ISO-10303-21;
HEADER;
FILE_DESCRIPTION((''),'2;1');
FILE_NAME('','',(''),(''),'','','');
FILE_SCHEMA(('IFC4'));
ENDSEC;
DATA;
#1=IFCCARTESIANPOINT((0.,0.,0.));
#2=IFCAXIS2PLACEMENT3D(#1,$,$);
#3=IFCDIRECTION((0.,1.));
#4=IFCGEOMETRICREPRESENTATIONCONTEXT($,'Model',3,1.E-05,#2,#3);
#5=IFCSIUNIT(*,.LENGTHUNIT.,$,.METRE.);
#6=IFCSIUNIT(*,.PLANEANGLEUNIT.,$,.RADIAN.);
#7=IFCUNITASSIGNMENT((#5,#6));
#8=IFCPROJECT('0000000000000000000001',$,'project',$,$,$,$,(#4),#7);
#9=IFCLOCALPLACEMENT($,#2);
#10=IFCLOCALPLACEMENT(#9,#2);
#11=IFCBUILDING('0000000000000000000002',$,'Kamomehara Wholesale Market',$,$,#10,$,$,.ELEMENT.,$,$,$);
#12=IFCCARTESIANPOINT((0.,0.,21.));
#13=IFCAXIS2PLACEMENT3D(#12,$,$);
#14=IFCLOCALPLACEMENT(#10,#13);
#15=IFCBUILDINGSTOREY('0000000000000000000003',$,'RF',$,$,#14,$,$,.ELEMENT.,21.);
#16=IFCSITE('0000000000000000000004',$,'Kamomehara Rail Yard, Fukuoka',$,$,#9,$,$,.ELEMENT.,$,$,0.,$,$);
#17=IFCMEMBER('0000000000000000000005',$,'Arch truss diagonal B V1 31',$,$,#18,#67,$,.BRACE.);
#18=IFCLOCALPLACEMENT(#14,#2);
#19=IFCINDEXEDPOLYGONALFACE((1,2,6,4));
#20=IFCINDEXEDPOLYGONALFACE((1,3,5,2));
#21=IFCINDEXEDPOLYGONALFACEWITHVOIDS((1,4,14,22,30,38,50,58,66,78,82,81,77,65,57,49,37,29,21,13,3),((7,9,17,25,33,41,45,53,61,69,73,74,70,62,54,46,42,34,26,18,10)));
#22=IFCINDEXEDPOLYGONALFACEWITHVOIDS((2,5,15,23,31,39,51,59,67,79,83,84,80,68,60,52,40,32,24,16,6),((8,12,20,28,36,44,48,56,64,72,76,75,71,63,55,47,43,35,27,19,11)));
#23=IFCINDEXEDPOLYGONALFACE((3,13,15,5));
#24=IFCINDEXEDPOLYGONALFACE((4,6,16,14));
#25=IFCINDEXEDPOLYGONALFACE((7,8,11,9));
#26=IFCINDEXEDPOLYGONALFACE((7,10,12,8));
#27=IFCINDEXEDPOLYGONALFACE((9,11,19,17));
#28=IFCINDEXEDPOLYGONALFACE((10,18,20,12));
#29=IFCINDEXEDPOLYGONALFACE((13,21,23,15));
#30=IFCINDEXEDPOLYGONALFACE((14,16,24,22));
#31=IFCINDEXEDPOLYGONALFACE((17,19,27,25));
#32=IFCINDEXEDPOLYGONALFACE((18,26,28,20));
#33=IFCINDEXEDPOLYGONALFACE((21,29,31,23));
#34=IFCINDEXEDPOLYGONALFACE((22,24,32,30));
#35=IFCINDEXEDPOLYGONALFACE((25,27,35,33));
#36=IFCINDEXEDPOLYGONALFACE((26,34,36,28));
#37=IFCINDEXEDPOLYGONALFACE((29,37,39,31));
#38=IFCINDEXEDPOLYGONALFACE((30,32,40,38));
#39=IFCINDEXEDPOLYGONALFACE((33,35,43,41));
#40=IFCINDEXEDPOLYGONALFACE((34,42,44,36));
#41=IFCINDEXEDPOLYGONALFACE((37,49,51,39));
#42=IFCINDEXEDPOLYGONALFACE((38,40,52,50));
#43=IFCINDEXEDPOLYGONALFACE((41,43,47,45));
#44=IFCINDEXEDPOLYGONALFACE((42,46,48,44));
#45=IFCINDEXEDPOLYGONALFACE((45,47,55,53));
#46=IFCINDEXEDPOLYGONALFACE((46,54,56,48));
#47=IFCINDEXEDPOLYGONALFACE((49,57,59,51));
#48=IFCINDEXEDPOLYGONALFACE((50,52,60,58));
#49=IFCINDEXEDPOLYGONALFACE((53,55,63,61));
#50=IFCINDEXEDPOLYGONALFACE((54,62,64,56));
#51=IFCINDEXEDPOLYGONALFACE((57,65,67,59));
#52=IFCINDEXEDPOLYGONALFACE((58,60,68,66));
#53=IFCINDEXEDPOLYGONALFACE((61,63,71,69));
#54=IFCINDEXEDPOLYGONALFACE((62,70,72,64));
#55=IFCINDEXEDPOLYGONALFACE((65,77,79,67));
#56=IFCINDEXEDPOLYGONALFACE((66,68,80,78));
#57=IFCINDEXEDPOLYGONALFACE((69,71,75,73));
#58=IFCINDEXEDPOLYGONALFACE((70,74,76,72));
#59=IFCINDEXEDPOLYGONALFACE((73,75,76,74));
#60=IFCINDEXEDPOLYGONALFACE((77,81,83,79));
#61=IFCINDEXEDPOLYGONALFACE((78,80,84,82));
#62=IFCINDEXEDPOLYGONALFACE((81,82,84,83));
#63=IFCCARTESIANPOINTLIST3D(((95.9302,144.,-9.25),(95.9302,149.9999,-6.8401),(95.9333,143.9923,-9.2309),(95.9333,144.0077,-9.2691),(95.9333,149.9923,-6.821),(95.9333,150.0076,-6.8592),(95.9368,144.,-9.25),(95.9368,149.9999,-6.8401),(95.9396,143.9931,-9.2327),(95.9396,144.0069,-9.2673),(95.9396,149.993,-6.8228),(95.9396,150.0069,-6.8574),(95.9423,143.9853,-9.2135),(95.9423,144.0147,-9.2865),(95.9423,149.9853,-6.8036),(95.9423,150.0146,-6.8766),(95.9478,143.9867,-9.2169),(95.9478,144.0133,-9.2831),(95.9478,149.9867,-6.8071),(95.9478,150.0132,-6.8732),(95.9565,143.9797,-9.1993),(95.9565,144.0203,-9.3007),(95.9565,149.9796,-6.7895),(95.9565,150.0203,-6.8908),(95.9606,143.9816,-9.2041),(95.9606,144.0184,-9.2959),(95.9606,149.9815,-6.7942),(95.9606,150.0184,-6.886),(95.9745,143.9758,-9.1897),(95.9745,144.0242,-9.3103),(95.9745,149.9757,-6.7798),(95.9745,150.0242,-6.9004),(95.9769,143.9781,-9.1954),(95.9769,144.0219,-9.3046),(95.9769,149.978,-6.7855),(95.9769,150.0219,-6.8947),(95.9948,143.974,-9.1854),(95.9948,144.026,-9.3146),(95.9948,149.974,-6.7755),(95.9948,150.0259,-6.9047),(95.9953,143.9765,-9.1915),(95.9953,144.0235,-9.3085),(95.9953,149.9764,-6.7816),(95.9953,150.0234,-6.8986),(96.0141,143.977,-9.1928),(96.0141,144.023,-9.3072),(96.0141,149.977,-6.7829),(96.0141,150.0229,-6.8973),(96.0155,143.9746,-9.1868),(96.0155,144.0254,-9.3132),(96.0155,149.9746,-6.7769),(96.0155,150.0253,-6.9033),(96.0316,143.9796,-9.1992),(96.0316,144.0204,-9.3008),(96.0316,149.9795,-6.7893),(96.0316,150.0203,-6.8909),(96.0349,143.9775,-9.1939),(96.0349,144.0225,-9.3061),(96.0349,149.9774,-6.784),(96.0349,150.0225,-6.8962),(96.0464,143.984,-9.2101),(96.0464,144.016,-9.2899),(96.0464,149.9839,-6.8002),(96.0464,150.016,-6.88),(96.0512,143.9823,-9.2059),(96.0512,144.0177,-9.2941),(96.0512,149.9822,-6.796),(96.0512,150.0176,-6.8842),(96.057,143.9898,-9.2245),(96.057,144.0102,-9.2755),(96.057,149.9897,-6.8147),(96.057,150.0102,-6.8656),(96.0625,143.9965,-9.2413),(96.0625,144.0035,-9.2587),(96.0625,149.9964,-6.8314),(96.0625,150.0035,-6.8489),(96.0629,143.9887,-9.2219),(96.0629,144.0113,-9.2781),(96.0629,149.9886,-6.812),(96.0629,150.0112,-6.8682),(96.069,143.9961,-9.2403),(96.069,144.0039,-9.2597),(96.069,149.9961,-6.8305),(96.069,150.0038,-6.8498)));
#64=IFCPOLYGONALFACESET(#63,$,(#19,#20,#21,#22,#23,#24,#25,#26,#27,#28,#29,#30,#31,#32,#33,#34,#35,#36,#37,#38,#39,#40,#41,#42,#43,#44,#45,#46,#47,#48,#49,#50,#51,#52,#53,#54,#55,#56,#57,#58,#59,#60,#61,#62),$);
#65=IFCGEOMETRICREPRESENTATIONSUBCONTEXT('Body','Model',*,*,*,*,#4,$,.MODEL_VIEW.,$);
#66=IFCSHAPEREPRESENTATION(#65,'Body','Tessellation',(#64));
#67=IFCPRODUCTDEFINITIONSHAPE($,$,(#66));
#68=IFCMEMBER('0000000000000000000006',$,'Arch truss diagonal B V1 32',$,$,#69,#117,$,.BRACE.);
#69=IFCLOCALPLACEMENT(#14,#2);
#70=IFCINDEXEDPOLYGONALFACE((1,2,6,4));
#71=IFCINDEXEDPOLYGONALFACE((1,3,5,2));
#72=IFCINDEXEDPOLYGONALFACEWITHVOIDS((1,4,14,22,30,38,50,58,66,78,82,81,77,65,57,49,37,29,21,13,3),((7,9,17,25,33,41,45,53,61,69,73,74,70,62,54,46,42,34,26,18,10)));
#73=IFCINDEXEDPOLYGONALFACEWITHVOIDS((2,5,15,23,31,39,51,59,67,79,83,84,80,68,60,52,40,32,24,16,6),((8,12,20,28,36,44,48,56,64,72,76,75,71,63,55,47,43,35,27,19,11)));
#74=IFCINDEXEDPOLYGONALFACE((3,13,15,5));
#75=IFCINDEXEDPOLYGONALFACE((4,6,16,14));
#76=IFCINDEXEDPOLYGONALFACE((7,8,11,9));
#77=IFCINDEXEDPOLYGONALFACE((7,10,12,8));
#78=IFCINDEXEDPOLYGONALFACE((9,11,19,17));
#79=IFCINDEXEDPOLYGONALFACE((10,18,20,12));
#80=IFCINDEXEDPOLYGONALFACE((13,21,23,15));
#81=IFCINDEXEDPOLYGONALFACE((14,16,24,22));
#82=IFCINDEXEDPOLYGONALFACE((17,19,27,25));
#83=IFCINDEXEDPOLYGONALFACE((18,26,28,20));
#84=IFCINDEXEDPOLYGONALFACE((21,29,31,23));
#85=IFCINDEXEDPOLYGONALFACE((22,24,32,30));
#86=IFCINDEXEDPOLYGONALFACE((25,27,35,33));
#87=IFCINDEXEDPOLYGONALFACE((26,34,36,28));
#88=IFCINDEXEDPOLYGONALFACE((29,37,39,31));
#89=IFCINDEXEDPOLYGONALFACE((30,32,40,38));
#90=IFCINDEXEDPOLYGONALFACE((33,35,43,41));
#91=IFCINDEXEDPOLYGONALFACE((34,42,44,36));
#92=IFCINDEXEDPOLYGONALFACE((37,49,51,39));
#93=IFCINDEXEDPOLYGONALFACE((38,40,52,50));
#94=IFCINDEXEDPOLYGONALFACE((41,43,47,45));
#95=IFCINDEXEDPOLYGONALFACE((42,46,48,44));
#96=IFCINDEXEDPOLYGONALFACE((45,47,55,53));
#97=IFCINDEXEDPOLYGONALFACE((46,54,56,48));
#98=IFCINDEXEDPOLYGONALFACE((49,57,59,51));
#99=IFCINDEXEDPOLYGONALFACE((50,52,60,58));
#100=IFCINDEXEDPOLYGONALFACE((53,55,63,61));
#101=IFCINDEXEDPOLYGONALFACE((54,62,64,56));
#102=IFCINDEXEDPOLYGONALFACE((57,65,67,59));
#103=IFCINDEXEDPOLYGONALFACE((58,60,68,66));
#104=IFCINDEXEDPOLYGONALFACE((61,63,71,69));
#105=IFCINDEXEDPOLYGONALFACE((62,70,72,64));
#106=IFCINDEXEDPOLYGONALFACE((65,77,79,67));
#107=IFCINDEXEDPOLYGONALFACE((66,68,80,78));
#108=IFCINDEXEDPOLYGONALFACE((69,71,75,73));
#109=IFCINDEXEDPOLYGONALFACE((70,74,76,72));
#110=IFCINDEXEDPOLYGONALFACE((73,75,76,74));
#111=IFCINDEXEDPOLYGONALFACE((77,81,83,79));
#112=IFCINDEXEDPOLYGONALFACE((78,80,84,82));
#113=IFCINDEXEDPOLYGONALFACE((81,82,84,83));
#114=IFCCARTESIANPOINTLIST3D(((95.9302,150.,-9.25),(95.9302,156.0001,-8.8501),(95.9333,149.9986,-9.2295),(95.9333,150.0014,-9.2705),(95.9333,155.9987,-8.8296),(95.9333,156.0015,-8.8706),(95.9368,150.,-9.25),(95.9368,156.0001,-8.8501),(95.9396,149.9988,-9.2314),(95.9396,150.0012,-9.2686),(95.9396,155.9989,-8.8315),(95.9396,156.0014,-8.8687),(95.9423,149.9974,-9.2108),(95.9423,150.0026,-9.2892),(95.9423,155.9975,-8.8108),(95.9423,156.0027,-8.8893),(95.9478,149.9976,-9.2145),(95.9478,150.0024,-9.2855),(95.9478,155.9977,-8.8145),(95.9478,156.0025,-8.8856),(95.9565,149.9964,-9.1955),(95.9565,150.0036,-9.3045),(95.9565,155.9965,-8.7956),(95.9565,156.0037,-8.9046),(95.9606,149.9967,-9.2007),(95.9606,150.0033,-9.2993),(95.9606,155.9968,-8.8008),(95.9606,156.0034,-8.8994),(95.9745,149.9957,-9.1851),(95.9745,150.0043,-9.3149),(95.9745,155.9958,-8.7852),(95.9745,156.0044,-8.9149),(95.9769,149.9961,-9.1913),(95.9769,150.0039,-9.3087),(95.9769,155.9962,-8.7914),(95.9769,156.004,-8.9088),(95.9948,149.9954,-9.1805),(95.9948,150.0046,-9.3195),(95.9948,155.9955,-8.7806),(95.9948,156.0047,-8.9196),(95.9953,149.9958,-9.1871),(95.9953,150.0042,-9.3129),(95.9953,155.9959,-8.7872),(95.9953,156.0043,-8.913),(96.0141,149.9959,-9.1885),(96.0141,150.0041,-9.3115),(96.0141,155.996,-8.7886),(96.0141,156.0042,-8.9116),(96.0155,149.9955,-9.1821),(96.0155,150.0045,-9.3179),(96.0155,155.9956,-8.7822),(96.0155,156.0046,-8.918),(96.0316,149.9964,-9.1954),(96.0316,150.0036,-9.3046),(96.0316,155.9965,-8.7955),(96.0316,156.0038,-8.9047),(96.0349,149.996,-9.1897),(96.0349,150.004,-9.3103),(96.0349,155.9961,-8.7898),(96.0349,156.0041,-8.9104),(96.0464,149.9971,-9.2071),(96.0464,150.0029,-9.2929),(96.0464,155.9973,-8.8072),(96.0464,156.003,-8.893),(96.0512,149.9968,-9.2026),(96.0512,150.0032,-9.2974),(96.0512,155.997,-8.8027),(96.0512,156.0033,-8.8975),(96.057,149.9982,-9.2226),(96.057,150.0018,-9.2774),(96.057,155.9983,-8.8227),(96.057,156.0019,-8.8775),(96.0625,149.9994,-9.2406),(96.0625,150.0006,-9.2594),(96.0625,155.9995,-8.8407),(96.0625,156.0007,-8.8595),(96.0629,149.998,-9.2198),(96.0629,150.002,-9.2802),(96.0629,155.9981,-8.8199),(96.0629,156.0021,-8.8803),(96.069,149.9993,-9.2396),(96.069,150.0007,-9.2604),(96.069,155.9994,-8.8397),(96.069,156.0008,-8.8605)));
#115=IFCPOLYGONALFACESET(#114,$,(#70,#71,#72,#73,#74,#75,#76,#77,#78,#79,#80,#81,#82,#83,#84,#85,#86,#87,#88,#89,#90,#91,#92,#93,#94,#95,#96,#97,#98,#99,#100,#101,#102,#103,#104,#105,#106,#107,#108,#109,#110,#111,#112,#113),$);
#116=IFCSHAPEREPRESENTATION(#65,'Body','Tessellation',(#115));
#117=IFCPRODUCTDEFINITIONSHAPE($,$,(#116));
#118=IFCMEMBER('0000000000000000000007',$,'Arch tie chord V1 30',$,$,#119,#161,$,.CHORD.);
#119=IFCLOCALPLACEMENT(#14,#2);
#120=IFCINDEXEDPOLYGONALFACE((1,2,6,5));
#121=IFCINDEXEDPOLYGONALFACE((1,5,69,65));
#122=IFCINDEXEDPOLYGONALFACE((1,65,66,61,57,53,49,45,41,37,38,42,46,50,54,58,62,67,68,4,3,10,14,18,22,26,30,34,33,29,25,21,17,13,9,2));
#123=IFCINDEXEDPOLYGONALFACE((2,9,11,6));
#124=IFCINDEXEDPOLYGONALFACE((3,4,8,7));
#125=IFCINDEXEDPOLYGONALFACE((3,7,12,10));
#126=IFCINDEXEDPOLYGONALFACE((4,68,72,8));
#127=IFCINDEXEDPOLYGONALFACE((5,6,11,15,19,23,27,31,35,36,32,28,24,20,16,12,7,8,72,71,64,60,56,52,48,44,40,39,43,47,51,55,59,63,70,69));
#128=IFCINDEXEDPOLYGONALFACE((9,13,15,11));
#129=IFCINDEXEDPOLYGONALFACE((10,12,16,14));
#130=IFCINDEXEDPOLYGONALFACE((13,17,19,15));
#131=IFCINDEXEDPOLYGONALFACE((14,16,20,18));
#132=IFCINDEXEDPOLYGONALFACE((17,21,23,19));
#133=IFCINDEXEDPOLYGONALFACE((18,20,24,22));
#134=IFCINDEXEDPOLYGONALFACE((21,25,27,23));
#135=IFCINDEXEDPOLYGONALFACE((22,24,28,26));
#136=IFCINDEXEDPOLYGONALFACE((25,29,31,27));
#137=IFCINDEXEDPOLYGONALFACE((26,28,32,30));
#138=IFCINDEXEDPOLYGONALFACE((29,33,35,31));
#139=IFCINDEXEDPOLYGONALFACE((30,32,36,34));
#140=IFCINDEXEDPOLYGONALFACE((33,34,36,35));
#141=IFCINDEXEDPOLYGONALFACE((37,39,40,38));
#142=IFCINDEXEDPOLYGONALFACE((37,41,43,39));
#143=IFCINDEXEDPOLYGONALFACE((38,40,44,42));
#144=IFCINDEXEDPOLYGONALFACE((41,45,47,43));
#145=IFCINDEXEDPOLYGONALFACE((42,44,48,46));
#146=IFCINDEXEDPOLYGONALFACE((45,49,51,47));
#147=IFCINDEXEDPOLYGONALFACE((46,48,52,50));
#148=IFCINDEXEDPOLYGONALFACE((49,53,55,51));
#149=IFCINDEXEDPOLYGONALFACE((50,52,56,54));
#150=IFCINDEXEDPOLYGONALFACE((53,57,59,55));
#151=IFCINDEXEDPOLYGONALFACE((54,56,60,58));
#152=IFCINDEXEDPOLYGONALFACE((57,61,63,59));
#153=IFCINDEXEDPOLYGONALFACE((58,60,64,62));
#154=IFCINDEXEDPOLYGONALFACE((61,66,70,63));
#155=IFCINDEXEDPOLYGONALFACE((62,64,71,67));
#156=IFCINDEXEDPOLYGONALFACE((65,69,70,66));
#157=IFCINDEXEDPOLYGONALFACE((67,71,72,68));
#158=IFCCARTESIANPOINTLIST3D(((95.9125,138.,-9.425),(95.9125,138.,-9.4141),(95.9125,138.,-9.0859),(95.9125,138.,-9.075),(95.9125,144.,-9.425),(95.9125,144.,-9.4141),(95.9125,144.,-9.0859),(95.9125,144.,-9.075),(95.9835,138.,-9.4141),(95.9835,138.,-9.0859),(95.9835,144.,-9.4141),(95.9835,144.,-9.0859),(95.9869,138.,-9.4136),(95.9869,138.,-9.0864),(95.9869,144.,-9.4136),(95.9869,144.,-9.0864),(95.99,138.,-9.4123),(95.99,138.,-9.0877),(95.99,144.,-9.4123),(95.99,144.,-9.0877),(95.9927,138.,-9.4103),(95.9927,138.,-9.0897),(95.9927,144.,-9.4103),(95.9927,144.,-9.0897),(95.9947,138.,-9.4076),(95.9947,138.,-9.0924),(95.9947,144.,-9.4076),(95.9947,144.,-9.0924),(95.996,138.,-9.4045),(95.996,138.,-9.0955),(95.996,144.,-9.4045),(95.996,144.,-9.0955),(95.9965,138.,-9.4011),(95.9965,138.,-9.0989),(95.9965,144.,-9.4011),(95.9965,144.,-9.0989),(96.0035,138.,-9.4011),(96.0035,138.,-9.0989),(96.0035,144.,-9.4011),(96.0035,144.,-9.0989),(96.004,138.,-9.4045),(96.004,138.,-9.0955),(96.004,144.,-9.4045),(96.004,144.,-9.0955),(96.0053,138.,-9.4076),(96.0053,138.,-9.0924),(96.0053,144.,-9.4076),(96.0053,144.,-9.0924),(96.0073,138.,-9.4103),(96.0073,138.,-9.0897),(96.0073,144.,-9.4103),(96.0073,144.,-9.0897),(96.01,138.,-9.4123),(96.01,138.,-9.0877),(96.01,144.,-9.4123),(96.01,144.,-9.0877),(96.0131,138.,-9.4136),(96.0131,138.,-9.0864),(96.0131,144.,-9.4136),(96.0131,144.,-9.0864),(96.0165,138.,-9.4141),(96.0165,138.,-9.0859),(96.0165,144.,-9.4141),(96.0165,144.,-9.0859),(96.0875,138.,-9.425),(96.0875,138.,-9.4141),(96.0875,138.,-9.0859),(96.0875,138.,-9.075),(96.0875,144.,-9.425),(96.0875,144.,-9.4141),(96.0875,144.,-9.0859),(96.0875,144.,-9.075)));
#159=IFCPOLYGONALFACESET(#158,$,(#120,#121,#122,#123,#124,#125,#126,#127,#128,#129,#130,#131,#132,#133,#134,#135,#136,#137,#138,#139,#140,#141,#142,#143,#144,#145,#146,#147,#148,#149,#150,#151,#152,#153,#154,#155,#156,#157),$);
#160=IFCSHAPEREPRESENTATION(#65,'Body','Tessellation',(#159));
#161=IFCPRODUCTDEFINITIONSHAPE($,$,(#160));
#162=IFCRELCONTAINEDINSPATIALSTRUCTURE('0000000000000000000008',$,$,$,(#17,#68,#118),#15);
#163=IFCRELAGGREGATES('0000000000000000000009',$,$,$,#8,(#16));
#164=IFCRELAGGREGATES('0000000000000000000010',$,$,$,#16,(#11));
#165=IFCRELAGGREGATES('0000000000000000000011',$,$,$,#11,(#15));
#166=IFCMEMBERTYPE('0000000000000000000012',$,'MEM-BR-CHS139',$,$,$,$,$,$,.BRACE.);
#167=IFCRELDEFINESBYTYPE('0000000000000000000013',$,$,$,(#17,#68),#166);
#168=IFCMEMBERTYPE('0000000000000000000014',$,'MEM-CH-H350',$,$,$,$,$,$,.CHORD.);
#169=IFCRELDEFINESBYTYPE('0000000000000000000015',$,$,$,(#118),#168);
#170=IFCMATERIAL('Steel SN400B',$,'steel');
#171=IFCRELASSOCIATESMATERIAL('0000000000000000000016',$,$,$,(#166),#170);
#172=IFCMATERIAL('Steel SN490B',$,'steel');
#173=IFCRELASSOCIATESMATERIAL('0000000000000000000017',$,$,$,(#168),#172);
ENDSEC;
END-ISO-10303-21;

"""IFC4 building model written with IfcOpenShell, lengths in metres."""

from ifc_helpers import new_model, si_unit, direction, frame, origin, origin_2d, place, context, subcontext, project, spatial, hollow_circle, i_section, extrude, material, material_profile, profile_set, type_object, element, save


model = new_model("IFC4")

# Units and contexts
model_context = context("Model", 3, precision=1e-05, world=origin(), true_north=direction((0.0, 1.0)))
body_context = subcontext(model_context, "Body", "Model", "MODEL_VIEW")
ifc_project = project(units=[si_unit("LENGTHUNIT", "METRE"), si_unit("PLANEANGLEUNIT", "RADIAN")], contexts=[model_context])

# Site, building, storey
site_placement = place(None, origin())
site = spatial("IfcSite", under=ifc_project, at=site_placement, Name="Kamomehara Rail Yard, Fukuoka", CompositionType="ELEMENT", RefElevation=0.0)
building_placement = place(site_placement, origin())
building = spatial("IfcBuilding", under=site, at=building_placement, Name="Kamomehara Wholesale Market", CompositionType="ELEMENT")
storey_placement = place(building_placement, frame((0.0, 0.0, 21.0)))
storey = spatial("IfcBuildingStorey", under=building, at=storey_placement, Name="RF", CompositionType="ELEMENT", Elevation=21.0)

# Members
ifc_material_1 = material(Name="Steel SN400B", Category="steel")
ifc_material_profile_1 = material_profile(ifc_material_1, hollow_circle(Radius=0.0698, WallThickness=0.0066, at=origin_2d()), Name="CHS-139.8x6.6")
ifc_profile_set_1 = profile_set([ifc_material_profile_1], Name="Steel SN400B")
member_type_1 = type_object("IfcMemberType", Name="MEM-BR-CHS139", PredefinedType="BRACE", material=ifc_profile_set_1)
member_1_placement = place(storey_placement, frame((96.0, 144.0, -9.25), z_axis=(0.0, 0.927947, 0.372712), x_axis=(-1.0, 0.0, 0.0)))
element("IfcMember", 1, at=member_1_placement, inside=storey, type_object=member_type_1, Name="Arch truss diagonal B V1 31", PredefinedType="BRACE", context=body_context, shape_type="SweptSolid", body=[
    extrude(hollow_circle(Radius=0.0698, WallThickness=0.0066, at=origin_2d()), origin(), (0.0, 0.0, 1.0), 6.4658),
])
member_2_placement = place(storey_placement, frame((96.0, 150.0, -9.25), z_axis=(0.0, 0.997786, 0.066503), x_axis=(-1.0, 0.0, 0.0)))
element("IfcMember", 2, at=member_2_placement, inside=storey, type_object=member_type_1, Name="Arch truss diagonal B V1 32", PredefinedType="BRACE", context=body_context, shape_type="SweptSolid", body=[
    extrude(hollow_circle(Radius=0.0698, WallThickness=0.0066, at=origin_2d()), origin(), (0.0, 0.0, 1.0), 6.0134),
])
ifc_material_2 = material(Name="Steel SN490B", Category="steel")
ifc_material_profile_2 = material_profile(ifc_material_2, i_section(OverallWidth=0.175, OverallDepth=0.3501, WebThickness=0.0071, FlangeThickness=0.011, FilletRadius=0.0129, at=origin_2d()), Name="H-350x175x7x11")
ifc_profile_set_2 = profile_set([ifc_material_profile_2], Name="Steel SN490B")
member_type_2 = type_object("IfcMemberType", Name="MEM-CH-H350", PredefinedType="CHORD", material=ifc_profile_set_2)
for number, where, z_axis, x_axis, name in (
    (3, (96.0, 138.0, -9.25), (0.0, 1.0, 0.0), (-1.0, 0.0, 0.0), "Arch tie chord V1 30"),
):
    element("IfcMember", number, at=place(storey_placement, frame(where, z_axis=z_axis, x_axis=x_axis)), inside=storey, type_object=member_type_2, Name=name, PredefinedType="CHORD", context=body_context, shape_type="SweptSolid", body=[
        extrude(i_section(OverallWidth=0.175, OverallDepth=0.3501, WebThickness=0.0071, FlangeThickness=0.011, FilletRadius=0.0129, at=origin_2d()), origin(), (0.0, 0.0, 1.0), 6.0),
    ])

save(model, "model.ifc")
